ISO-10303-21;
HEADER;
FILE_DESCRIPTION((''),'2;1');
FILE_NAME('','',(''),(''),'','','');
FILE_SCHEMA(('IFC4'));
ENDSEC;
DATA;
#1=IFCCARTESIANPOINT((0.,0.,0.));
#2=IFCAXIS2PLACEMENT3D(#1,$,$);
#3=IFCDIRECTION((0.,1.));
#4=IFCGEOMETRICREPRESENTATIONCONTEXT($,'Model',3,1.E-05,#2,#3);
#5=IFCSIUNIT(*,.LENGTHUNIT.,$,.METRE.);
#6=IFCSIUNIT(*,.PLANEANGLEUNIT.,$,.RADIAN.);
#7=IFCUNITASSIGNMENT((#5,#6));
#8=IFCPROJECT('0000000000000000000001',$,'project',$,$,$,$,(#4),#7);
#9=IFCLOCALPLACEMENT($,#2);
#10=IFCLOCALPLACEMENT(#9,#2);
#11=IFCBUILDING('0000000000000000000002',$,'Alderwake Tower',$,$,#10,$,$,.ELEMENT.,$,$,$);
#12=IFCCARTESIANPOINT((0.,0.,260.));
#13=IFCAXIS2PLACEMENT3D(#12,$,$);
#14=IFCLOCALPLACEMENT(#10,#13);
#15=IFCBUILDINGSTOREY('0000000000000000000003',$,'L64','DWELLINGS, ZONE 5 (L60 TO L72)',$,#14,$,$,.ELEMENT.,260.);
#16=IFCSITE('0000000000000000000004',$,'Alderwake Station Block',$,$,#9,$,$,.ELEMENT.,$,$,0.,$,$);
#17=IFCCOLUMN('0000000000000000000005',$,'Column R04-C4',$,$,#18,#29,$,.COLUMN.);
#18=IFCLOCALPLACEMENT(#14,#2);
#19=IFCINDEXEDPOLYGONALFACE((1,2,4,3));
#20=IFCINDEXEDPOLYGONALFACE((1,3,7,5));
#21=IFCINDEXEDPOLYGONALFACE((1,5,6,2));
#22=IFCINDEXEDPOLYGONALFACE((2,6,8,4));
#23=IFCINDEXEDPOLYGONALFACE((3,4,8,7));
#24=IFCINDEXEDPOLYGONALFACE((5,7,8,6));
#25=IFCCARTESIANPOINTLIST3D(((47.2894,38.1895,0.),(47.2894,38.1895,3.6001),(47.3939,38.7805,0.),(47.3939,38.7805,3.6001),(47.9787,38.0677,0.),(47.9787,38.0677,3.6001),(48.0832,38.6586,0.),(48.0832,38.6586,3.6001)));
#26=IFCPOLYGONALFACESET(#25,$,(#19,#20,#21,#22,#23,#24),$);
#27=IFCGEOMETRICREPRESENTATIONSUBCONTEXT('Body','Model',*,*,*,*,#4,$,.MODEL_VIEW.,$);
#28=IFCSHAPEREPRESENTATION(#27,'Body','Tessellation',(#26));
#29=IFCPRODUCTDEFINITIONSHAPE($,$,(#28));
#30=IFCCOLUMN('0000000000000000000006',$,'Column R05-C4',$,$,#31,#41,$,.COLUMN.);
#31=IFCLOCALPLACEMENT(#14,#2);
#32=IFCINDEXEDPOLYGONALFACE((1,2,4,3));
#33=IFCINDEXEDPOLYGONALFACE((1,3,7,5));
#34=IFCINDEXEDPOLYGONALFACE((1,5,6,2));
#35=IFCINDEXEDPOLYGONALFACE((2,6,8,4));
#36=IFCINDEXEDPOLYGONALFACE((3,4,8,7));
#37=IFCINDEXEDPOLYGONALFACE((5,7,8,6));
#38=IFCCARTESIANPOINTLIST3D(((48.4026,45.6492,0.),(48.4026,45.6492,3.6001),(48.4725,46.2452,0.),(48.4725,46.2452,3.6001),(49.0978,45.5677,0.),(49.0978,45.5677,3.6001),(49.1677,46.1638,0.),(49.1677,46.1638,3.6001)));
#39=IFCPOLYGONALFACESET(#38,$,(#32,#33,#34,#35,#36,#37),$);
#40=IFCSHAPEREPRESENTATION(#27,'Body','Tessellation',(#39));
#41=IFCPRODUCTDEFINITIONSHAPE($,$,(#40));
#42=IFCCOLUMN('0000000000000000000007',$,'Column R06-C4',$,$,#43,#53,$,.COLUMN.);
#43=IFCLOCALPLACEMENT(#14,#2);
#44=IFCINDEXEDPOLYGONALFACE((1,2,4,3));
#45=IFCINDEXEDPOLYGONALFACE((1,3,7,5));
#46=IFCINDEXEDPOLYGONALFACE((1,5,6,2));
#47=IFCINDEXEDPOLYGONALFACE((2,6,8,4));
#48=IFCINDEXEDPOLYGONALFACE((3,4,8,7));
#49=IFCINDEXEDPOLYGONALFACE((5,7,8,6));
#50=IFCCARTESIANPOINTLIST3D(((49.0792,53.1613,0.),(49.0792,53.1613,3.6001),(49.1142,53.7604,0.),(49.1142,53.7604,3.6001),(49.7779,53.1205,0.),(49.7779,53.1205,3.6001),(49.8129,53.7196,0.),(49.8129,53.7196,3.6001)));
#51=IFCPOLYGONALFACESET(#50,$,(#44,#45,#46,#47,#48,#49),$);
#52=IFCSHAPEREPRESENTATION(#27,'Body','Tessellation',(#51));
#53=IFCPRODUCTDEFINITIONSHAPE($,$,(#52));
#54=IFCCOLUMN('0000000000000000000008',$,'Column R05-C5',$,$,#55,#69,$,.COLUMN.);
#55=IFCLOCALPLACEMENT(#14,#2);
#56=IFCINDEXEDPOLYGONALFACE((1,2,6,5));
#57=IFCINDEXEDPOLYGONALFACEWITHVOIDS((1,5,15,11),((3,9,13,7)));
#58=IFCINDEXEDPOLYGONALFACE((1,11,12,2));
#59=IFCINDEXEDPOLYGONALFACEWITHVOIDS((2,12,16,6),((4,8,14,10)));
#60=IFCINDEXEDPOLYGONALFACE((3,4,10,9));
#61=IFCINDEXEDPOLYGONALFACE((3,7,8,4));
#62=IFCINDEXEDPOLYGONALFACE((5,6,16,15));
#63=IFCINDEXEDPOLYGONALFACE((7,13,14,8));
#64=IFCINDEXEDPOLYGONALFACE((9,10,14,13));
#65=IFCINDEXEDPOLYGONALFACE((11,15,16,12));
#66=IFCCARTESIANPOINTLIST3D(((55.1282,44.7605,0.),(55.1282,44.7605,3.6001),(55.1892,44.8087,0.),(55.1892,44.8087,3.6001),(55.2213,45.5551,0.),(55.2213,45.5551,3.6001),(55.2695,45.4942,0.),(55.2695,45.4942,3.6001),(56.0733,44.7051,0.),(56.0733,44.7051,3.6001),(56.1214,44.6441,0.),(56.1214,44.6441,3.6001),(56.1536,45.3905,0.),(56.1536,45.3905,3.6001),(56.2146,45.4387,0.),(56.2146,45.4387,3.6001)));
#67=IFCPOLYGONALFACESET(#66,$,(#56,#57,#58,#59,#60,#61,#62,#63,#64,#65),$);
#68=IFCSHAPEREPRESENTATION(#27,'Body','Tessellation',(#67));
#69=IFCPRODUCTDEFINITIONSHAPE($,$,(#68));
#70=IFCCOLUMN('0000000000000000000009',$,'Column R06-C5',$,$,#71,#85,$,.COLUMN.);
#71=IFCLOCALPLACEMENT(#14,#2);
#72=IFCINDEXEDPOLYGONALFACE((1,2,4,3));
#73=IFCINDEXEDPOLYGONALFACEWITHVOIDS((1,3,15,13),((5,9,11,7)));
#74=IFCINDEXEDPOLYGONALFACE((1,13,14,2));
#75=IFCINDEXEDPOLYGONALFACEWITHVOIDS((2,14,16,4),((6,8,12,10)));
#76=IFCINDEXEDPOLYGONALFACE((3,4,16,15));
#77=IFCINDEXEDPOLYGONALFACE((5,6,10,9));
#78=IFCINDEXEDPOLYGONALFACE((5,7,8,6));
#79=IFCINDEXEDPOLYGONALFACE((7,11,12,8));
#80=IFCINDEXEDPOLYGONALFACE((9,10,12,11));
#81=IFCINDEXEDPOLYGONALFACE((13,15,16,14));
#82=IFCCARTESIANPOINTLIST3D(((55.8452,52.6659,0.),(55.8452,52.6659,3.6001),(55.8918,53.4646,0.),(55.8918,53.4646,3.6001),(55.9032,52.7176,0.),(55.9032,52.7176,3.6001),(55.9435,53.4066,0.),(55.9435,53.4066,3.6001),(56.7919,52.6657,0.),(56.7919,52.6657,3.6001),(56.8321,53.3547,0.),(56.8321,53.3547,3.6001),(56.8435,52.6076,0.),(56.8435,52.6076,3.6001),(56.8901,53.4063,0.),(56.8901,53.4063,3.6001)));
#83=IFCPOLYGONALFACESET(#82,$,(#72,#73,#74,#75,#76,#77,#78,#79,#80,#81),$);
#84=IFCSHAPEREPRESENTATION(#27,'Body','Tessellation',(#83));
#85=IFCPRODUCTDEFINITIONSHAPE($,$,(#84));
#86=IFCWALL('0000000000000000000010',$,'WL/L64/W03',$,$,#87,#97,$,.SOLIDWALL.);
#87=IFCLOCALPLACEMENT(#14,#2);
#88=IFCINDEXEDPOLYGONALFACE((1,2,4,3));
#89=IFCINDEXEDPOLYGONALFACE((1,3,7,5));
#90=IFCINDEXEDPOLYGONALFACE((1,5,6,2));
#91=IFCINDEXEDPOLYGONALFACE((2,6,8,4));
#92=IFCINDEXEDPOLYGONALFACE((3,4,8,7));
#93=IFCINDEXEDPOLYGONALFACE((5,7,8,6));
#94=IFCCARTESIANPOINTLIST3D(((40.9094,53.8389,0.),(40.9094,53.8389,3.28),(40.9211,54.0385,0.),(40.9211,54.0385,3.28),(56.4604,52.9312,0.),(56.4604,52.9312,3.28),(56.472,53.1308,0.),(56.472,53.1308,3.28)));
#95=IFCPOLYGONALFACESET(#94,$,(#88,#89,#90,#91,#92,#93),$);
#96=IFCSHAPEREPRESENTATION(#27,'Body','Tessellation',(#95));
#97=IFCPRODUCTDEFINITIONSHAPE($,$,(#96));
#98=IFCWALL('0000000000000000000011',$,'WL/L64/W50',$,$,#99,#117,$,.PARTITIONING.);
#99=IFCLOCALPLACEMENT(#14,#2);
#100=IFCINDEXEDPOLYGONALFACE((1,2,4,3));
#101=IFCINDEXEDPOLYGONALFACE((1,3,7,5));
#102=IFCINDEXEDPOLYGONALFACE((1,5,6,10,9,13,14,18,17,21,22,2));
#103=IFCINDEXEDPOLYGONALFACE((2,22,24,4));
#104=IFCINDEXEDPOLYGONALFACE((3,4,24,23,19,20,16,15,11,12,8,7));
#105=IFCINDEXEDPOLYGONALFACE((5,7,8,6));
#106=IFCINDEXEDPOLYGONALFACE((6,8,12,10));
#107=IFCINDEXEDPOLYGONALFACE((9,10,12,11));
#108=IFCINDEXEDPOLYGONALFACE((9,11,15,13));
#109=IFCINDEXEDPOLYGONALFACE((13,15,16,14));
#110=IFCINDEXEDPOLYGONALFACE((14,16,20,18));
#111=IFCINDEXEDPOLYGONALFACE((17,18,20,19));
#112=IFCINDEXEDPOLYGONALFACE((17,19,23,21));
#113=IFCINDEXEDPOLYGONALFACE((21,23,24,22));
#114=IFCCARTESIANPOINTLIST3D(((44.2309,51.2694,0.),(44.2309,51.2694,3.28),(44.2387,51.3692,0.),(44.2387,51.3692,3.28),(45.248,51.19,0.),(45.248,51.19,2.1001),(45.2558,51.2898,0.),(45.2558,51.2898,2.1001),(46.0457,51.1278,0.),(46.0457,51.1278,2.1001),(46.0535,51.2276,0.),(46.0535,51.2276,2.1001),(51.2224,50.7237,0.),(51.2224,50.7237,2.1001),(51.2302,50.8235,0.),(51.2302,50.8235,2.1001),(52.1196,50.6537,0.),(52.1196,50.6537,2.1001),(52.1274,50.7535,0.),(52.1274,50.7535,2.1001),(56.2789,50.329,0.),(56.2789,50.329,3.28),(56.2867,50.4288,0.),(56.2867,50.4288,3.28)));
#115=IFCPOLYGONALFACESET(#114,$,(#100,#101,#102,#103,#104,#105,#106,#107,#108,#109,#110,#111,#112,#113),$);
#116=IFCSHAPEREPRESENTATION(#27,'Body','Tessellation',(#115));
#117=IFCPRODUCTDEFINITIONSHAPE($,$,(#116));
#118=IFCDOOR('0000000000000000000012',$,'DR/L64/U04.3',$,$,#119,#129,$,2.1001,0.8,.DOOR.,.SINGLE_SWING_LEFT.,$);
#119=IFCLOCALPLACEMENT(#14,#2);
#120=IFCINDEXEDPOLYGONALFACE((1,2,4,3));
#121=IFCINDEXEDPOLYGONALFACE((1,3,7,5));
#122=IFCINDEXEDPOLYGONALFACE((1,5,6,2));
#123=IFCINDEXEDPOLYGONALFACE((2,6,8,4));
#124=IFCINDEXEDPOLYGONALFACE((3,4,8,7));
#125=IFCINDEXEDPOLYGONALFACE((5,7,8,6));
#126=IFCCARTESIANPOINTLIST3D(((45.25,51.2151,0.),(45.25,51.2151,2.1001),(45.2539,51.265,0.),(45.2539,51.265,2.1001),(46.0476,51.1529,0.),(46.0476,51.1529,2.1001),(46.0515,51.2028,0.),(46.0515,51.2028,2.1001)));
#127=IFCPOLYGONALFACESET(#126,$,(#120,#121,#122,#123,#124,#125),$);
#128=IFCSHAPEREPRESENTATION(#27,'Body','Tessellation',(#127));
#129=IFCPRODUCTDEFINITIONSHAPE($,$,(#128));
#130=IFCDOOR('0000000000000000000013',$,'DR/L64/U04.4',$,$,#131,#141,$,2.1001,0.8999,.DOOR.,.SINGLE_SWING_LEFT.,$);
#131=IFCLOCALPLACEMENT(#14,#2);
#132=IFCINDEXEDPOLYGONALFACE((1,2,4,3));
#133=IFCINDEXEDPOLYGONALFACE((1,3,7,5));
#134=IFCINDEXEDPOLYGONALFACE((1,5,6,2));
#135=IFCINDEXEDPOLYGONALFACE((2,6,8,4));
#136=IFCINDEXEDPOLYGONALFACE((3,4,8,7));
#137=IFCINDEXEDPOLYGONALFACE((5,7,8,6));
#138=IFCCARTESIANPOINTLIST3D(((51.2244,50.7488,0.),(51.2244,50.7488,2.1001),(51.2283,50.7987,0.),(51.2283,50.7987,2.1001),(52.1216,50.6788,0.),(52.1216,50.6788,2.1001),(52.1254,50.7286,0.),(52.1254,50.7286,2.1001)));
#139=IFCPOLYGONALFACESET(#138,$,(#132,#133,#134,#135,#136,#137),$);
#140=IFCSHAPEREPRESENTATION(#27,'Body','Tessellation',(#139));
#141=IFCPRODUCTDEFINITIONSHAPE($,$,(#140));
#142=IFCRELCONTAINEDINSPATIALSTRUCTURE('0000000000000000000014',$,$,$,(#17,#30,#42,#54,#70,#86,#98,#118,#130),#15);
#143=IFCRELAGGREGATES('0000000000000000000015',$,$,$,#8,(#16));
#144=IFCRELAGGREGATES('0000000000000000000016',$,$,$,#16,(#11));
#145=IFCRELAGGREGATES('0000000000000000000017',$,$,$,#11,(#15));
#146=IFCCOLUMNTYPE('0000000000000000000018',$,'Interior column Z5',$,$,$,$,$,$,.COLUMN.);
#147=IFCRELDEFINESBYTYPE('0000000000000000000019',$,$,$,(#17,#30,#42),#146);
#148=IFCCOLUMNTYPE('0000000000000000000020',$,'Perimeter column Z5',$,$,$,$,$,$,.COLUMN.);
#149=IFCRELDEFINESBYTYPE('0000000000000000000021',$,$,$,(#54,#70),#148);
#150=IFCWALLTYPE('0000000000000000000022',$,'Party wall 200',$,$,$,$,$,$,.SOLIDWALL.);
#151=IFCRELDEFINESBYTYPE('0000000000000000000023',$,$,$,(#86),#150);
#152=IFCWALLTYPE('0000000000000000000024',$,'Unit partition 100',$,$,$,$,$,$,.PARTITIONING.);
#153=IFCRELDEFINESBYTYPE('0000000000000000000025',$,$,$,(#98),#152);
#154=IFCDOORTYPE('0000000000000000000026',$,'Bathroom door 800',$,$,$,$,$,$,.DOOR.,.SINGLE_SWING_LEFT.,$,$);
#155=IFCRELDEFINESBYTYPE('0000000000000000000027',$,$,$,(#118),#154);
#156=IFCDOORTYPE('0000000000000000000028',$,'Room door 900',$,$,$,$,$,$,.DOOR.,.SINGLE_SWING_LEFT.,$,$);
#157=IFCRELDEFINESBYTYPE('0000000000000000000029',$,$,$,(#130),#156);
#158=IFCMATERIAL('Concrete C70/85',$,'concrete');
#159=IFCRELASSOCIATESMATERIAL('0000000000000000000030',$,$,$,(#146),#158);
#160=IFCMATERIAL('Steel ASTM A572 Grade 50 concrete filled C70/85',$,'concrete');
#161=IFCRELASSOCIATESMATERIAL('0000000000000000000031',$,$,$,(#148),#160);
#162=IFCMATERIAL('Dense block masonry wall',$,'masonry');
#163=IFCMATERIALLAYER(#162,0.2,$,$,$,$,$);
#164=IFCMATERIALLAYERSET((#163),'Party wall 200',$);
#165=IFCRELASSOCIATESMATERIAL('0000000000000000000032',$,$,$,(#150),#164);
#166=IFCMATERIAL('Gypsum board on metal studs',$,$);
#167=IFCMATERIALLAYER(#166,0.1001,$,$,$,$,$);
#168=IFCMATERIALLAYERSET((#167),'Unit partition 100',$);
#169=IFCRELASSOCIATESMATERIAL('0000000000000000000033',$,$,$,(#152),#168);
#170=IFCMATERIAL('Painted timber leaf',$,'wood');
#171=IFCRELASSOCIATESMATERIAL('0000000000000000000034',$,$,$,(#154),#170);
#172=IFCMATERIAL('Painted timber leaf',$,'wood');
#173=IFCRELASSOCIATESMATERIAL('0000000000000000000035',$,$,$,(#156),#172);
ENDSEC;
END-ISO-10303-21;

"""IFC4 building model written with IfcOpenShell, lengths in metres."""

from ifc_helpers import new_model, si_unit, direction, frame, frame_2d, origin, origin_2d, place, context, subcontext, project, spatial, rectangle, hollow_rectangle, extrude, material, layer, layer_set, material_profile, profile_set, type_object, element, fill, save


model = new_model("IFC4")

# Units and contexts
model_context = context("Model", 3, precision=1e-05, world=origin(), true_north=direction((0.0, 1.0)))
body_context = subcontext(model_context, "Body", "Model", "MODEL_VIEW")
ifc_project = project(units=[si_unit("LENGTHUNIT", "METRE"), si_unit("PLANEANGLEUNIT", "RADIAN")], contexts=[model_context])

# Site, building, storey
site_placement = place(None, origin())
site = spatial("IfcSite", under=ifc_project, at=site_placement, Name="Alderwake Station Block", CompositionType="ELEMENT", RefElevation=0.0)
building_placement = place(site_placement, origin())
building = spatial("IfcBuilding", under=site, at=building_placement, Name="Alderwake Tower", CompositionType="ELEMENT")
storey_placement = place(building_placement, frame((0.0, 0.0, 260.0)))
storey = spatial("IfcBuildingStorey", under=building, at=storey_placement, Name="L64", Description="DWELLINGS, ZONE 5 (L60 TO L72)", CompositionType="ELEMENT", Elevation=260.0)

# Columns
ifc_material_1 = material(Name="Concrete C70/85", Category="concrete")
ifc_material_profile_1 = material_profile(ifc_material_1, rectangle(XDim=0.6001, YDim=0.7, at=origin_2d()), Name="RC 700X600")
ifc_profile_set_1 = profile_set([ifc_material_profile_1], Name="Concrete C70/85")
column_type_1 = type_object("IfcColumnType", Name="Interior column Z5", PredefinedType="COLUMN", material=ifc_profile_set_1)
for number, where, z_axis, x_axis, name in (
    (1, (47.6863, 38.4241, 0.0), (0.0, 0.0, 1.0), (0.174109, 0.984726, 0.0), "Column R04-C4"),
    (2, (48.7852, 45.9065, 0.0), (0.0, 0.0, 1.0), (0.116402, 0.993202, 0.0), "Column R05-C4"),
    (3, (49.446, 53.4404, 0.0), (0.0, 0.0, 1.0), (0.058301, 0.998299, 0.0), "Column R06-C4"),
):
    element("IfcColumn", number, at=place(storey_placement, frame(where, z_axis=z_axis, x_axis=x_axis)), inside=storey, type_object=column_type_1, Name=name, PredefinedType="COLUMN", context=body_context, shape_type="SweptSolid", body=[
        extrude(rectangle(XDim=0.6001, YDim=0.7, at=origin_2d()), origin(), (0.0, 0.0, 1.0), 3.6001),
    ])
ifc_material_2 = material(Name="Steel ASTM A572 Grade 50 concrete filled C70/85", Category="concrete")
ifc_material_profile_2 = material_profile(ifc_material_2, hollow_rectangle(XDim=0.8, YDim=1.0, WallThickness=0.0549, at=origin_2d()), Name="BOX 1000X800X55")
ifc_profile_set_2 = profile_set([ifc_material_profile_2], Name="Steel ASTM A572 Grade 50 concrete filled C70/85")
column_type_2 = type_object("IfcColumnType", Name="Perimeter column Z5", PredefinedType="COLUMN", material=ifc_profile_set_2)
for number, where, z_axis, x_axis, name in (
    (4, (55.6714, 45.0996, 0.0), (0.0, 0.0, 1.0), (0.116402, 0.993202, 0.0), "Column R05-C5"),
    (5, (56.3677, 53.0361, 0.0), (0.0, 0.0, 1.0), (0.058299, 0.998299, 0.0), "Column R06-C5"),
):
    element("IfcColumn", number, at=place(storey_placement, frame(where, z_axis=z_axis, x_axis=x_axis)), inside=storey, type_object=column_type_2, Name=name, PredefinedType="COLUMN", context=body_context, shape_type="SweptSolid", body=[
        extrude(hollow_rectangle(XDim=0.8, YDim=1.0, WallThickness=0.0549, at=origin_2d()), origin(), (0.0, 0.0, 1.0), 3.6001),
    ])

# Wall
ifc_material_3 = material(Name="Dense block masonry wall", Category="masonry")
ifc_layer_1 = layer(ifc_material_3, 0.2)
ifc_layer_set_1 = layer_set([ifc_layer_1], Name="Party wall 200")
wall_type_1 = type_object("IfcWallType", Name="Party wall 200", PredefinedType="SOLIDWALL", material=ifc_layer_set_1)
wall_1_placement = place(storey_placement, frame((56.4661, 53.031, 0.0), z_axis=(0.0, 0.0, 1.0), x_axis=(-0.998301, 0.058271, 0.0)))
element("IfcWall", 6, at=wall_1_placement, inside=storey, type_object=wall_type_1, Name="WL/L64/W03", PredefinedType="SOLIDWALL", context=body_context, shape_type="SweptSolid", body=[
    extrude(rectangle(XDim=15.5774, YDim=0.2, at=frame_2d((7.7886, 0.0))), origin(), (0.0, 0.0, 1.0), 3.28),
])

# Wall, openings, doors
ifc_material_4 = material(Name="Gypsum board on metal studs")
ifc_layer_2 = layer(ifc_material_4, 0.1001)
ifc_layer_set_2 = layer_set([ifc_layer_2], Name="Unit partition 100")
wall_type_2 = type_object("IfcWallType", Name="Unit partition 100", PredefinedType="PARTITIONING", material=ifc_layer_set_2)
wall_2_placement = place(storey_placement, frame((56.283, 50.3789, 0.0), z_axis=(0.0, 0.0, 1.0), x_axis=(-0.996967, 0.07782, 0.0)))
wall_2 = element("IfcWall", 7, at=wall_2_placement, inside=storey, type_object=wall_type_2, Name="WL/L64/W50", PredefinedType="PARTITIONING", context=body_context, shape_type="SweptSolid", body=[
    extrude(rectangle(XDim=12.0847, YDim=0.1001, at=frame_2d((6.0425, 0.0))), origin(), (0.0, 0.0, 1.0), 3.28),
])
opening_1_placement = place(wall_2_placement, frame((10.2646, 0.0, 0.0)))
opening_1 = element("IfcOpeningElement", 8, at=opening_1_placement, cuts=wall_2, PredefinedType="OPENING", context=body_context, shape_type="SweptSolid", body=[
    extrude(rectangle(XDim=0.8, YDim=2.1001, at=frame_2d((0.3999, 1.05))), frame((0.0, 0.0601, 0.0), z_axis=(0.0, -1.0, 0.0), x_axis=(1.0, 0.0, 0.0)), (0.0, 0.0, 1.0), 0.1201),
])
opening_2_placement = place(wall_2_placement, frame((4.1721, 0.0, 0.0)))
opening_2 = element("IfcOpeningElement", 9, at=opening_2_placement, cuts=wall_2, PredefinedType="OPENING", context=body_context, shape_type="SweptSolid", body=[
    extrude(rectangle(XDim=0.8999, YDim=2.1001, at=frame_2d((0.45, 1.05))), frame((0.0, 0.0601, 0.0), z_axis=(0.0, -1.0, 0.0), x_axis=(1.0, 0.0, 0.0)), (0.0, 0.0, 1.0), 0.1201),
])
ifc_material_5 = material(Name="Painted timber leaf", Category="wood")
door_type_1 = type_object("IfcDoorType", Name="Bathroom door 800", OperationType="SINGLE_SWING_LEFT", PredefinedType="DOOR", material=ifc_material_5)
door_1_placement = place(opening_1_placement, origin())
door_1 = element("IfcDoor", 10, at=door_1_placement, inside=storey, type_object=door_type_1, Name="DR/L64/U04.3", OperationType="SINGLE_SWING_LEFT", OverallHeight=2.1001, OverallWidth=0.8, PredefinedType="DOOR", context=body_context, shape_type="SweptSolid", body=[
    extrude(rectangle(XDim=0.8, YDim=2.1001, at=frame_2d((0.3999, 1.05))), frame((0.0, 0.0249, 0.0), z_axis=(0.0, -1.0, 0.0), x_axis=(1.0, 0.0, 0.0)), (0.0, 0.0, 1.0), 0.05),
])
fill(opening_1, door_1)
ifc_material_6 = material(Name="Painted timber leaf", Category="wood")
door_type_2 = type_object("IfcDoorType", Name="Room door 900", OperationType="SINGLE_SWING_LEFT", PredefinedType="DOOR", material=ifc_material_6)
door_2_placement = place(opening_2_placement, origin())
door_2 = element("IfcDoor", 11, at=door_2_placement, inside=storey, type_object=door_type_2, Name="DR/L64/U04.4", OperationType="SINGLE_SWING_LEFT", OverallHeight=2.1001, OverallWidth=0.8999, PredefinedType="DOOR", context=body_context, shape_type="SweptSolid", body=[
    extrude(rectangle(XDim=0.8999, YDim=2.1001, at=frame_2d((0.45, 1.05))), frame((0.0, 0.0249, 0.0), z_axis=(0.0, -1.0, 0.0), x_axis=(1.0, 0.0, 0.0)), (0.0, 0.0, 1.0), 0.05),
])
fill(opening_2, door_2)

save(model, "model.ifc")
